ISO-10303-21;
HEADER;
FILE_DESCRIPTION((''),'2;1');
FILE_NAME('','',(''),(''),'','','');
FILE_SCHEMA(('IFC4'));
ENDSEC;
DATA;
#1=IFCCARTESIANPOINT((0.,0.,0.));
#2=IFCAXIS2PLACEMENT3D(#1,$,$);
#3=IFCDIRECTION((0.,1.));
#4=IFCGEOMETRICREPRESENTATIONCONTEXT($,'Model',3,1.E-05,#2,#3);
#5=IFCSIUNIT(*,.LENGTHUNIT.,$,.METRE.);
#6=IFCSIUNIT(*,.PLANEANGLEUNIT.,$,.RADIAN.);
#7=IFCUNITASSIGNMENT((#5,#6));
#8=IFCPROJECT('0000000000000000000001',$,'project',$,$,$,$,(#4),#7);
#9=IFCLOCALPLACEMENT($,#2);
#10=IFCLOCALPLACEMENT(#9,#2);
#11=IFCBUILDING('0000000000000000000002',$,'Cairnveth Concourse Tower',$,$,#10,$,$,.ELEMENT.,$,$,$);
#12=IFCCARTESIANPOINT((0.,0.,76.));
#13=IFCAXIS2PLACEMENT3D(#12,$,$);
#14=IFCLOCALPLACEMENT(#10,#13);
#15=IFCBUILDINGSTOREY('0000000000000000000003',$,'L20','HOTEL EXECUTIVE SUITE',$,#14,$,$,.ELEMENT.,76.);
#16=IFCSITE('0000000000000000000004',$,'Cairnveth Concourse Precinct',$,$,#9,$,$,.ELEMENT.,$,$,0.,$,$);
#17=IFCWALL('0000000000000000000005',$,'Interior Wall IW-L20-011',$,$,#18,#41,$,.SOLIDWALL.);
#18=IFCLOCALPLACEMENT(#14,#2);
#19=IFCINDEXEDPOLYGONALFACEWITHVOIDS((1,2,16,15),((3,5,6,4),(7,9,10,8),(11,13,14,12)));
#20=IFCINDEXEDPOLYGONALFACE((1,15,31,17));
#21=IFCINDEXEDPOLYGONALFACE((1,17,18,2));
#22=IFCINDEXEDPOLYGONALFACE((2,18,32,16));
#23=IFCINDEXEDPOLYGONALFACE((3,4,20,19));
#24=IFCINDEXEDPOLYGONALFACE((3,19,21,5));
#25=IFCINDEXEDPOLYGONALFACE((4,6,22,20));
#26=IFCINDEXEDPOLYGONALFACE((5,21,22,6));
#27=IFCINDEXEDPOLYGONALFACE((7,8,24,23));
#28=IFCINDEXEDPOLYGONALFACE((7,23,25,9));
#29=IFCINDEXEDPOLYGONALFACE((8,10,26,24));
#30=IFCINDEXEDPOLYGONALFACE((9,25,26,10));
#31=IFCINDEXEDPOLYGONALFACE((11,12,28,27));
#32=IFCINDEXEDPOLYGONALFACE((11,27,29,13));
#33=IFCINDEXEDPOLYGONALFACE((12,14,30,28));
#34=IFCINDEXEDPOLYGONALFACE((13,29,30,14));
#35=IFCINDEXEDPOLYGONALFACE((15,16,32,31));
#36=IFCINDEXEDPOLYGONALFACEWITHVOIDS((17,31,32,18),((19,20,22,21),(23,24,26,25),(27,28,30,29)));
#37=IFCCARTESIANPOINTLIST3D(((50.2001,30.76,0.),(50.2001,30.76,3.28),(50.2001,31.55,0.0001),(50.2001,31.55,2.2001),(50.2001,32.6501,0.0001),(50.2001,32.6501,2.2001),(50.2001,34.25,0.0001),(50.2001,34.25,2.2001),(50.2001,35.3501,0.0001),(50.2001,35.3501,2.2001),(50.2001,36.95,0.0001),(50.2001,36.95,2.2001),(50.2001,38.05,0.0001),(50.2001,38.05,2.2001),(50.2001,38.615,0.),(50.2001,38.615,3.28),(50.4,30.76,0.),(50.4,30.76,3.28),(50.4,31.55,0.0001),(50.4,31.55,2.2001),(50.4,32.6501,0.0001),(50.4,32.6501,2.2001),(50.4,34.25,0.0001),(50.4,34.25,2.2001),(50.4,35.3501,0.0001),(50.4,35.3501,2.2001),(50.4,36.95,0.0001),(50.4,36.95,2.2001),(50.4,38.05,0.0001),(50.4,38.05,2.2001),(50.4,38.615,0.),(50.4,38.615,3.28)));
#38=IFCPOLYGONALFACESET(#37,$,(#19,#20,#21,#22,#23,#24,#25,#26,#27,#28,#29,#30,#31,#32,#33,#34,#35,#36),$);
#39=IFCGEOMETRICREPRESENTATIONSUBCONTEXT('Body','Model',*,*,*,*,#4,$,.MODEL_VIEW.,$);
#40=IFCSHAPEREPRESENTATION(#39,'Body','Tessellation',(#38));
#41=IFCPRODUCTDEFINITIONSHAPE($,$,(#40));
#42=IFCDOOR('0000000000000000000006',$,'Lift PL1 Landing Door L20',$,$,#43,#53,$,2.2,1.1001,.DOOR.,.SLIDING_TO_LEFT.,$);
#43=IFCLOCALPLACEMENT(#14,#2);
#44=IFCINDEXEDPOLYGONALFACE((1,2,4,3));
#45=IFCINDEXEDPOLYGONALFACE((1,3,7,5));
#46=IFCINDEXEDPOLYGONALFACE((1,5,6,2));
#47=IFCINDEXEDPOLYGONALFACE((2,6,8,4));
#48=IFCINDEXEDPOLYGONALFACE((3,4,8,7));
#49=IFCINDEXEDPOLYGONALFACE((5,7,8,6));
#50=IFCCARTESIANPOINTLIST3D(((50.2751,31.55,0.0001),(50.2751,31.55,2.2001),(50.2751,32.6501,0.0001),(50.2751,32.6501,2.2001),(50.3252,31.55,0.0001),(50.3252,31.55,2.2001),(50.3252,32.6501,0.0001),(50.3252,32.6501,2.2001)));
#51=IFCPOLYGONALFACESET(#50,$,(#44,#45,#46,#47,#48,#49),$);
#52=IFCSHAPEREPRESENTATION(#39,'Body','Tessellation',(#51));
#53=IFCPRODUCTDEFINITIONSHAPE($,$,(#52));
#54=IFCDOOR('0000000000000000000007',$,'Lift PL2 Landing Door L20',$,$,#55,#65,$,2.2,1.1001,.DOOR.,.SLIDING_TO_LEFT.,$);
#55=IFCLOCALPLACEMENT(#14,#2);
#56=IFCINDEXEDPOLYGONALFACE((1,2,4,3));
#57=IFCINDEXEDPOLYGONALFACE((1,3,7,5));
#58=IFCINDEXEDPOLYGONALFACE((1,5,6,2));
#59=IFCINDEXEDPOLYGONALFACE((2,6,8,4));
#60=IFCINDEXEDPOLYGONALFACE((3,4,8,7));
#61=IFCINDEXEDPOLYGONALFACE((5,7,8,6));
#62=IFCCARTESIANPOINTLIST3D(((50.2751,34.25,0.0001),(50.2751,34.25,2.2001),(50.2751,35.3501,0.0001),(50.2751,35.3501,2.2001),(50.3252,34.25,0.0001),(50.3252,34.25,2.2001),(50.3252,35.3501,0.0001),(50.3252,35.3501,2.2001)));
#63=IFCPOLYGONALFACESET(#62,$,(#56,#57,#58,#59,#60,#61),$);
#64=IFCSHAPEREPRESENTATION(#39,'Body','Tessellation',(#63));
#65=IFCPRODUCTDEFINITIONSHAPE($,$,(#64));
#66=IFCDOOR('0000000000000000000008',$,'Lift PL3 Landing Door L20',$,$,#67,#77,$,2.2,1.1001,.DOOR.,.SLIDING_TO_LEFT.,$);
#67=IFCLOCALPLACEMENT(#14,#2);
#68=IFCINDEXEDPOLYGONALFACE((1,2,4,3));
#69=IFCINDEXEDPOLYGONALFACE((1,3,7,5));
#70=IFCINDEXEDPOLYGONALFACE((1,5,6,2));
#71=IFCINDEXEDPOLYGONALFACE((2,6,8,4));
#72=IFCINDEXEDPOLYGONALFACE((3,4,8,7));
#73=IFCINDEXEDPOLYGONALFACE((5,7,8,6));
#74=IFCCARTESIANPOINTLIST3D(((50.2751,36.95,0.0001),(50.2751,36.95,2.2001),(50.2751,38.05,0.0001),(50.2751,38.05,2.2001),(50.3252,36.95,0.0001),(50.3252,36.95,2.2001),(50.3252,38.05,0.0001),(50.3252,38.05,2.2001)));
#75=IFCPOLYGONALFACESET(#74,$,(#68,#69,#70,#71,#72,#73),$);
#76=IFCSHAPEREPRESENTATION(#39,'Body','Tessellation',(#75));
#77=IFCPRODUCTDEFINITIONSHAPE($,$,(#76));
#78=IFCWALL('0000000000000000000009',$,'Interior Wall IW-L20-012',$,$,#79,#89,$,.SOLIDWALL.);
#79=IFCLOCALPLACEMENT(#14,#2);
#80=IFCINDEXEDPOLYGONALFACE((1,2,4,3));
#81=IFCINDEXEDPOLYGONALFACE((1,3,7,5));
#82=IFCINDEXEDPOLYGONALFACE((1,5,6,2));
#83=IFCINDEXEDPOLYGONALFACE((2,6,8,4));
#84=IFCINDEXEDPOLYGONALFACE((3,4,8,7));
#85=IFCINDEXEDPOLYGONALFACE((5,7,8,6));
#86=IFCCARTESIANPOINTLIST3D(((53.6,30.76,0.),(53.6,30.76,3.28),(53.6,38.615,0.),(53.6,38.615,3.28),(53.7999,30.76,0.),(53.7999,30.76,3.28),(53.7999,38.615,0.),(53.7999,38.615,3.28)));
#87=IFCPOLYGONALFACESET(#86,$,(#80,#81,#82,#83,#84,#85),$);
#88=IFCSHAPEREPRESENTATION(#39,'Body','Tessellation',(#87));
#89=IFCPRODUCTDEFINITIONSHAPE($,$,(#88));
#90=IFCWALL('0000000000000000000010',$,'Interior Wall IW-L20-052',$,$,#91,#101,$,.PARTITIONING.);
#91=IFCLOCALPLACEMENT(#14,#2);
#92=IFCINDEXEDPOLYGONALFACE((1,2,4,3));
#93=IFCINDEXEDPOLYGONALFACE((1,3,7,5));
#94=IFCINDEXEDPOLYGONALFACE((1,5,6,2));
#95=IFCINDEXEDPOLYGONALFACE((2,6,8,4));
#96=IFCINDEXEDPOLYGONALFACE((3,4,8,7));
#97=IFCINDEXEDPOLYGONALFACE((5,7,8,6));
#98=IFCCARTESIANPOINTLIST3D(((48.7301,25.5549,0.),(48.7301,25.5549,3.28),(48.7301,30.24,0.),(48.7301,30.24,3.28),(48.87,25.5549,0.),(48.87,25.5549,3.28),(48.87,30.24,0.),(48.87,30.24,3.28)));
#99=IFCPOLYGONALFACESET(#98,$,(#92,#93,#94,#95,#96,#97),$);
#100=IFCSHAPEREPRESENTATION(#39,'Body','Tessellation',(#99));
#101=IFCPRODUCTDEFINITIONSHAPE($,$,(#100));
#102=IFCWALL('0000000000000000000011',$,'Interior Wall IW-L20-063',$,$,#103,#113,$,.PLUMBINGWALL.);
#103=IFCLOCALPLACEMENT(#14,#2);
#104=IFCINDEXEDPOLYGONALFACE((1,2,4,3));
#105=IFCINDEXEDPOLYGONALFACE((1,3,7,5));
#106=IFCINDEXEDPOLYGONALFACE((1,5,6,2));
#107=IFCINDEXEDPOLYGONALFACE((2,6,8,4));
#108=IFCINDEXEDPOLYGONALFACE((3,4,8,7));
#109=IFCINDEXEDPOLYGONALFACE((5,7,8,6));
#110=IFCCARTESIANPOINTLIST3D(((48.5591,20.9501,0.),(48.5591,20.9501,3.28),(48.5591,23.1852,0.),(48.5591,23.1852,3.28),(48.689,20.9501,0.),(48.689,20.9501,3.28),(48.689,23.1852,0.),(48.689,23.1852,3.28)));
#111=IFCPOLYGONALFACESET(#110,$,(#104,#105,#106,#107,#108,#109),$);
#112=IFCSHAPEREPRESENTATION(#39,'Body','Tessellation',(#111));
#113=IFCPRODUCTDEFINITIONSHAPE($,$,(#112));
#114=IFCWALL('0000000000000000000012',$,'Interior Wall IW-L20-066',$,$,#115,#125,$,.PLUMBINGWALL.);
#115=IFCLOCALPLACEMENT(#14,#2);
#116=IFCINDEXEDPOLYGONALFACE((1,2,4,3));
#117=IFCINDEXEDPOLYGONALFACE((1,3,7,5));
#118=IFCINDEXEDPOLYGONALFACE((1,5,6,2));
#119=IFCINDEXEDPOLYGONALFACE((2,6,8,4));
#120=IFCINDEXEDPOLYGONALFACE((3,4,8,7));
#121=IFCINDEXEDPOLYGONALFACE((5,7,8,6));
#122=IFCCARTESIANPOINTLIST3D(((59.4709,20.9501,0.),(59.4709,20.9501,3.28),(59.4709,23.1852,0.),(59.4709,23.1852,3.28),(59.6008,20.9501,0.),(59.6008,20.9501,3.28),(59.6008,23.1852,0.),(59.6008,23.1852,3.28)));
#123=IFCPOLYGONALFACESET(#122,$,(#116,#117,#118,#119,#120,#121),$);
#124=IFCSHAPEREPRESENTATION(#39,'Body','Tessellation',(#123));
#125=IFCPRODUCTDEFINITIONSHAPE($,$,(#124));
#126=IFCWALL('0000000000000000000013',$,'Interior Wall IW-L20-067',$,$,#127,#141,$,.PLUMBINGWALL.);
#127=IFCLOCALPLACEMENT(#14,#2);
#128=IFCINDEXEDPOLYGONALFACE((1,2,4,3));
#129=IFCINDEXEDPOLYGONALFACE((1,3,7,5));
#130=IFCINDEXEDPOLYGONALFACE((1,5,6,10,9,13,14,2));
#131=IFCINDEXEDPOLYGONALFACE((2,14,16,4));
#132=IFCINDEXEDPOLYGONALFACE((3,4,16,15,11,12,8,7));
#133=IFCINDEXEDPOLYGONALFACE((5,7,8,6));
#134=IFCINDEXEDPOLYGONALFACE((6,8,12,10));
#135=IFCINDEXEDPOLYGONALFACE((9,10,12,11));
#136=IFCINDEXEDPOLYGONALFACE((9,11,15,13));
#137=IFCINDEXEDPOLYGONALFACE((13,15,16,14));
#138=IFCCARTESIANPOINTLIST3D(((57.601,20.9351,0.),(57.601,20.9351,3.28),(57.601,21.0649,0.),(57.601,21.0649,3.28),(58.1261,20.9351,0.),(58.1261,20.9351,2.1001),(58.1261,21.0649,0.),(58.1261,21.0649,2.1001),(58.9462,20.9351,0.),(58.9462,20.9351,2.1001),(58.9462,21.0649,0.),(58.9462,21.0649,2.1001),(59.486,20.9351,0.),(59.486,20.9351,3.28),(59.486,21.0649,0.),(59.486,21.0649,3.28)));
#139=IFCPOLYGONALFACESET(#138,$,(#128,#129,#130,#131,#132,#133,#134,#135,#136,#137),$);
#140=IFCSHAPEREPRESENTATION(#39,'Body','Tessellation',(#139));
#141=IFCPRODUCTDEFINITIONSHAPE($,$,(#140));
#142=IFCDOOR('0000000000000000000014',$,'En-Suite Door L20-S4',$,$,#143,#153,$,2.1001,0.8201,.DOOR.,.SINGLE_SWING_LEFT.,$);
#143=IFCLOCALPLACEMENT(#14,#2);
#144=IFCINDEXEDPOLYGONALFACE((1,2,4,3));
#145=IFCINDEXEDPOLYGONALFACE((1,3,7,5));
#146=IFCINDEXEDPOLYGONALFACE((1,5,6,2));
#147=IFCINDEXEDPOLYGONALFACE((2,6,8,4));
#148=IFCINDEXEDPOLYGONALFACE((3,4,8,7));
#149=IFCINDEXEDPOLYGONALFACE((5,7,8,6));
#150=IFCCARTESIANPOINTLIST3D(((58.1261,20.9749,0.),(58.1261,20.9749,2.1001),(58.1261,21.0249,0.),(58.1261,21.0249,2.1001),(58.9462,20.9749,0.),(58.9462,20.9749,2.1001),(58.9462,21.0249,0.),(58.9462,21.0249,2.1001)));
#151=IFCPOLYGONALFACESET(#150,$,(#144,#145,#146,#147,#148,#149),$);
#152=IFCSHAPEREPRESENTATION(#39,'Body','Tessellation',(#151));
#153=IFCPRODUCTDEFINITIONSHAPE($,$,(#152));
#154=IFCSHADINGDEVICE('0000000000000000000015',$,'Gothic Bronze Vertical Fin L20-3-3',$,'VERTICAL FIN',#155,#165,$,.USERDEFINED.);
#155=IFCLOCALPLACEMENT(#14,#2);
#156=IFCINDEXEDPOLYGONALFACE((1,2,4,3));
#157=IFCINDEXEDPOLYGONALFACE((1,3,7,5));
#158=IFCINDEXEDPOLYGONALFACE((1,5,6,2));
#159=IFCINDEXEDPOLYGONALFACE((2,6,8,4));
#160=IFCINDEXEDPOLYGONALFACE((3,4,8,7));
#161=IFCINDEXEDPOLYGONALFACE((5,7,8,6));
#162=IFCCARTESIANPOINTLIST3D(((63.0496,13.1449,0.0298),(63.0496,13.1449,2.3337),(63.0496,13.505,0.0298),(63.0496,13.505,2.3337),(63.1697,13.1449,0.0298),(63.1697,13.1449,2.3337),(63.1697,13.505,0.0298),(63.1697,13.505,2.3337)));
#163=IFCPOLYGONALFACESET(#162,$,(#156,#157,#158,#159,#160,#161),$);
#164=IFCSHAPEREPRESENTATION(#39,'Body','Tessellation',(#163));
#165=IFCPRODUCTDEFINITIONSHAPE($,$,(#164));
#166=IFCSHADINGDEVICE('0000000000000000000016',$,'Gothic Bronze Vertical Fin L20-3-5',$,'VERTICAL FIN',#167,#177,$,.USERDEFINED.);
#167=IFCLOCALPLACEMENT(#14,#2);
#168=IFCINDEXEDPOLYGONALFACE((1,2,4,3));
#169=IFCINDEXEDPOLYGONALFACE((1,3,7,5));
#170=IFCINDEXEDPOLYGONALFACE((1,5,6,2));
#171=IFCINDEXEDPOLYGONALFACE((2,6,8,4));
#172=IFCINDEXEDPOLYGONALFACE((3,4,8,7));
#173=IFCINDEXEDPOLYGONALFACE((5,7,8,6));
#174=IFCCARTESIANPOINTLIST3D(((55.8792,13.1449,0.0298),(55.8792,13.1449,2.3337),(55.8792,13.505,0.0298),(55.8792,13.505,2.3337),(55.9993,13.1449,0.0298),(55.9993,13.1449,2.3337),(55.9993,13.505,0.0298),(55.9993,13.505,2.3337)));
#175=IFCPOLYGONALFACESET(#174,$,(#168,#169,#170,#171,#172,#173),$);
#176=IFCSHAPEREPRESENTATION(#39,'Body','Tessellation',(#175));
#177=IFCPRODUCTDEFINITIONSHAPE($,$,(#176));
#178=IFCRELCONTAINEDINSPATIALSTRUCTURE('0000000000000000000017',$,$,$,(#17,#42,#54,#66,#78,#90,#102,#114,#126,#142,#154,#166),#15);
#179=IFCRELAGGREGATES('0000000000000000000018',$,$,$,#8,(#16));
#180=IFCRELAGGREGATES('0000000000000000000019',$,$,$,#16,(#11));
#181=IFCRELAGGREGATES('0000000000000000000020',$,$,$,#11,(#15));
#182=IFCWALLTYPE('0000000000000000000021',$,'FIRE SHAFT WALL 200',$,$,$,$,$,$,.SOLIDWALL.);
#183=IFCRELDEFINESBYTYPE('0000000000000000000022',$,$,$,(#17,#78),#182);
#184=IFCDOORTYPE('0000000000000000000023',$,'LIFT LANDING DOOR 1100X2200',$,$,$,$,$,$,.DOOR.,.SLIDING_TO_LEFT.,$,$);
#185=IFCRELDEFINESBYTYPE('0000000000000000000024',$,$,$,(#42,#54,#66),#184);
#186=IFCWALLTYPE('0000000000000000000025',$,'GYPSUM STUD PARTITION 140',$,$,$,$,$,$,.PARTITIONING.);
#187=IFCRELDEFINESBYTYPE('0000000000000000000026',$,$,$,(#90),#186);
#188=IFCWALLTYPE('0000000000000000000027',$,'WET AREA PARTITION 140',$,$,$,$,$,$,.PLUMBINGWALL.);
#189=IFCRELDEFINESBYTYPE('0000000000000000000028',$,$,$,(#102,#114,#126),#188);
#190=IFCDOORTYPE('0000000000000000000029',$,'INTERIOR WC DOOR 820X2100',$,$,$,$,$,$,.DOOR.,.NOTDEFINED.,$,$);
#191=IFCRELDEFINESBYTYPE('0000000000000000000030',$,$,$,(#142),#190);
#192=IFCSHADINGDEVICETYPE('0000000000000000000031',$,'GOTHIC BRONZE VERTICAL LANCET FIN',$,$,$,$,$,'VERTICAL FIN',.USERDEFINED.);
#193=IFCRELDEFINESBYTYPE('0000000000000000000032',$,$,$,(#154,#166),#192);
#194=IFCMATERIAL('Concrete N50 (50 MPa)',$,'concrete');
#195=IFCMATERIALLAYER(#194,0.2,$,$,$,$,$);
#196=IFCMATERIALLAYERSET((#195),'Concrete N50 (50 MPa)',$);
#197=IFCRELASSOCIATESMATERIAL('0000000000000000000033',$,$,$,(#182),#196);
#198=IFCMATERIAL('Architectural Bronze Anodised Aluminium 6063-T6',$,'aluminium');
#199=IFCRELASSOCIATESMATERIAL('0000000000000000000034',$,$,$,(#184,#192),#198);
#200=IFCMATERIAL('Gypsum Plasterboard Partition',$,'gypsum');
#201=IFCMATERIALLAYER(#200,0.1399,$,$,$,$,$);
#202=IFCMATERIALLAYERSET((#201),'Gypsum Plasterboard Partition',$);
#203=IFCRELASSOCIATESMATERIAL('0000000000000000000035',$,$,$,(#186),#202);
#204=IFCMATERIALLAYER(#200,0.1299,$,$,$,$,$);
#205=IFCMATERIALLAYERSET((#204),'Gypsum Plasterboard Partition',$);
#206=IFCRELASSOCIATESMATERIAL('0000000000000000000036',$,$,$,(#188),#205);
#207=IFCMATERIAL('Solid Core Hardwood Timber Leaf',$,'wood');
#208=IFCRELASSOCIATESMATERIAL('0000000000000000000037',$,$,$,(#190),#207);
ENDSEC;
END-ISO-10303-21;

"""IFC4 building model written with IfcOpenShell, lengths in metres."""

from ifc_helpers import new_model, si_unit, direction, frame, frame_2d, origin, origin_2d, place, context, subcontext, project, spatial, rectangle, extrude, material, layer, layer_set, type_object, element, fill, save


model = new_model("IFC4")

# Units and contexts
model_context = context("Model", 3, precision=1e-05, world=origin(), true_north=direction((0.0, 1.0)))
body_context = subcontext(model_context, "Body", "Model", "MODEL_VIEW")
ifc_project = project(units=[si_unit("LENGTHUNIT", "METRE"), si_unit("PLANEANGLEUNIT", "RADIAN")], contexts=[model_context])

# Site, building, storey
site_placement = place(None, origin())
site = spatial("IfcSite", under=ifc_project, at=site_placement, Name="Cairnveth Concourse Precinct", CompositionType="ELEMENT", RefElevation=0.0)
building_placement = place(site_placement, origin())
building = spatial("IfcBuilding", under=site, at=building_placement, Name="Cairnveth Concourse Tower", CompositionType="ELEMENT")
storey_placement = place(building_placement, frame((0.0, 0.0, 76.0)))
storey = spatial("IfcBuildingStorey", under=building, at=storey_placement, Name="L20", Description="HOTEL EXECUTIVE SUITE", CompositionType="ELEMENT", Elevation=76.0)

# Shared definitions
ifc_material_1 = material(Name="Gypsum Plasterboard Partition", Category="gypsum")

# Wall, openings, doors
ifc_material_2 = material(Name="Concrete N50 (50 MPa)", Category="concrete")
ifc_layer_1 = layer(ifc_material_2, 0.2)
ifc_layer_set_1 = layer_set([ifc_layer_1], Name="Concrete N50 (50 MPa)")
wall_type_1 = type_object("IfcWallType", Name="FIRE SHAFT WALL 200", PredefinedType="SOLIDWALL", material=ifc_layer_set_1)
wall_1_placement = place(storey_placement, frame((50.3, 30.76, 0.0), z_axis=(0.0, 0.0, 1.0), x_axis=(0.0, 1.0, 0.0)))
wall_1 = element("IfcWall", 1, at=wall_1_placement, inside=storey, type_object=wall_type_1, Name="Interior Wall IW-L20-011", PredefinedType="SOLIDWALL", context=body_context, shape_type="SweptSolid", body=[
    extrude(rectangle(XDim=7.855, YDim=0.2, at=frame_2d((3.9275, 0.0))), origin(), (0.0, 0.0, 1.0), 3.28),
])
opening_1_placement = place(wall_1_placement, frame((0.79, 0.0, 0.0)))
opening_1 = element("IfcOpeningElement", 2, at=opening_1_placement, cuts=wall_1, PredefinedType="OPENING", context=body_context, shape_type="SweptSolid", body=[
    extrude(rectangle(XDim=1.1001, YDim=2.2, at=frame_2d((0.55, 1.1001))), frame((0.0, 0.1099, 0.0), z_axis=(0.0, -1.0, 0.0), x_axis=(1.0, 0.0, 0.0)), (0.0, 0.0, 1.0), 0.22),
])
opening_2_placement = place(wall_1_placement, frame((3.49, 0.0, 0.0)))
opening_2 = element("IfcOpeningElement", 3, at=opening_2_placement, cuts=wall_1, PredefinedType="OPENING", context=body_context, shape_type="SweptSolid", body=[
    extrude(rectangle(XDim=1.1001, YDim=2.2, at=frame_2d((0.55, 1.1001))), frame((0.0, 0.1099, 0.0), z_axis=(0.0, -1.0, 0.0), x_axis=(1.0, 0.0, 0.0)), (0.0, 0.0, 1.0), 0.22),
])
opening_3_placement = place(wall_1_placement, frame((6.1899, 0.0, 0.0)))
opening_3 = element("IfcOpeningElement", 4, at=opening_3_placement, cuts=wall_1, PredefinedType="OPENING", context=body_context, shape_type="SweptSolid", body=[
    extrude(rectangle(XDim=1.1001, YDim=2.2, at=frame_2d((0.55, 1.1001))), frame((0.0, 0.1099, 0.0), z_axis=(0.0, -1.0, 0.0), x_axis=(1.0, 0.0, 0.0)), (0.0, 0.0, 1.0), 0.22),
])
ifc_material_3 = material(Name="Architectural Bronze Anodised Aluminium 6063-T6", Category="aluminium")
door_type_1 = type_object("IfcDoorType", Name="LIFT LANDING DOOR 1100X2200", OperationType="SLIDING_TO_LEFT", PredefinedType="DOOR", material=ifc_material_3)
door_1_placement = place(opening_1_placement, origin())
door_1 = element("IfcDoor", 5, at=door_1_placement, inside=storey, type_object=door_type_1, Name="Lift PL1 Landing Door L20", OperationType="SLIDING_TO_LEFT", OverallHeight=2.2, OverallWidth=1.1001, PredefinedType="DOOR", context=body_context, shape_type="SweptSolid", body=[
    extrude(rectangle(XDim=1.1001, YDim=2.2, at=frame_2d((0.55, 1.1001))), frame((0.0, 0.0249, 0.0), z_axis=(0.0, -1.0, 0.0), x_axis=(1.0, 0.0, 0.0)), (0.0, 0.0, 1.0), 0.05),
])
fill(opening_1, door_1)
door_2_placement = place(opening_2_placement, origin())
door_2 = element("IfcDoor", 6, at=door_2_placement, inside=storey, type_object=door_type_1, Name="Lift PL2 Landing Door L20", OperationType="SLIDING_TO_LEFT", OverallHeight=2.2, OverallWidth=1.1001, PredefinedType="DOOR", context=body_context, shape_type="SweptSolid", body=[
    extrude(rectangle(XDim=1.1001, YDim=2.2, at=frame_2d((0.55, 1.1001))), frame((0.0, 0.0249, 0.0), z_axis=(0.0, -1.0, 0.0), x_axis=(1.0, 0.0, 0.0)), (0.0, 0.0, 1.0), 0.05),
])
fill(opening_2, door_2)
door_3_placement = place(opening_3_placement, origin())
door_3 = element("IfcDoor", 7, at=door_3_placement, inside=storey, type_object=door_type_1, Name="Lift PL3 Landing Door L20", OperationType="SLIDING_TO_LEFT", OverallHeight=2.2, OverallWidth=1.1001, PredefinedType="DOOR", context=body_context, shape_type="SweptSolid", body=[
    extrude(rectangle(XDim=1.1001, YDim=2.2, at=frame_2d((0.55, 1.1001))), frame((0.0, 0.0249, 0.0), z_axis=(0.0, -1.0, 0.0), x_axis=(1.0, 0.0, 0.0)), (0.0, 0.0, 1.0), 0.05),
])
fill(opening_3, door_3)

# Walls
wall_2_placement = place(storey_placement, frame((53.7, 30.76, 0.0), z_axis=(0.0, 0.0, 1.0), x_axis=(0.0, 1.0, 0.0)))
element("IfcWall", 8, at=wall_2_placement, inside=storey, type_object=wall_type_1, Name="Interior Wall IW-L20-012", PredefinedType="SOLIDWALL", context=body_context, shape_type="SweptSolid", body=[
    extrude(rectangle(XDim=7.855, YDim=0.2, at=frame_2d((3.9275, 0.0))), origin(), (0.0, 0.0, 1.0), 3.28),
])
ifc_layer_2 = layer(ifc_material_1, 0.1399)
ifc_layer_set_2 = layer_set([ifc_layer_2], Name="Gypsum Plasterboard Partition")
wall_type_2 = type_object("IfcWallType", Name="GYPSUM STUD PARTITION 140", PredefinedType="PARTITIONING", material=ifc_layer_set_2)
wall_3_placement = place(storey_placement, frame((48.8, 25.5549, 0.0), z_axis=(0.0, 0.0, 1.0), x_axis=(0.0, 1.0, 0.0)))
element("IfcWall", 9, at=wall_3_placement, inside=storey, type_object=wall_type_2, Name="Interior Wall IW-L20-052", PredefinedType="PARTITIONING", context=body_context, shape_type="SweptSolid", body=[
    extrude(rectangle(XDim=4.6851, YDim=0.1399, at=frame_2d((2.3425, 0.0))), origin(), (0.0, 0.0, 1.0), 3.28),
])
ifc_layer_3 = layer(ifc_material_1, 0.1299)
ifc_layer_set_3 = layer_set([ifc_layer_3], Name="Gypsum Plasterboard Partition")
wall_type_3 = type_object("IfcWallType", Name="WET AREA PARTITION 140", PredefinedType="PLUMBINGWALL", material=ifc_layer_set_3)
for number, where, z_axis, x_axis, name in (
    (10, (48.624, 20.95, 0.0), (0.0, 0.0, 1.0), (0.0, 1.0, 0.0), "Interior Wall IW-L20-063"),
    (11, (59.5359, 20.95, 0.0), (0.0, 0.0, 1.0), (0.0, 1.0, 0.0), "Interior Wall IW-L20-066"),
):
    element("IfcWall", number, at=place(storey_placement, frame(where, z_axis=z_axis, x_axis=x_axis)), inside=storey, type_object=wall_type_3, Name=name, PredefinedType="PLUMBINGWALL", context=body_context, shape_type="SweptSolid", body=[
        extrude(rectangle(XDim=2.2351, YDim=0.1299, at=frame_2d((1.1177, 0.0))), origin(), (0.0, 0.0, 1.0), 3.28),
    ])

# Wall, opening, door
wall_4_placement = place(storey_placement, frame((57.6011, 21.0, 0.0), z_axis=(0.0, 0.0, 1.0), x_axis=(1.0, 0.0, 0.0)))
wall_4 = element("IfcWall", 12, at=wall_4_placement, inside=storey, type_object=wall_type_3, Name="Interior Wall IW-L20-067", PredefinedType="PLUMBINGWALL", context=body_context, shape_type="SweptSolid", body=[
    extrude(rectangle(XDim=1.885, YDim=0.1299, at=frame_2d((0.9424, 0.0))), origin(), (0.0, 0.0, 1.0), 3.28),
])
opening_4_placement = place(wall_4_placement, frame((0.5249, 0.0, 0.0)))
opening_4 = element("IfcOpeningElement", 13, at=opening_4_placement, cuts=wall_4, PredefinedType="OPENING", context=body_context, shape_type="SweptSolid", body=[
    extrude(rectangle(XDim=0.8201, YDim=2.1001, at=frame_2d((0.4102, 1.05))), frame((0.0, 0.075, 0.0), z_axis=(0.0, -1.0, 0.0), x_axis=(1.0, 0.0, 0.0)), (0.0, 0.0, 1.0), 0.1499),
])
ifc_material_4 = material(Name="Solid Core Hardwood Timber Leaf", Category="wood")
door_type_2 = type_object("IfcDoorType", Name="INTERIOR WC DOOR 820X2100", OperationType="NOTDEFINED", PredefinedType="DOOR", material=ifc_material_4)
door_4_placement = place(opening_4_placement, origin())
door_4 = element("IfcDoor", 14, at=door_4_placement, inside=storey, type_object=door_type_2, Name="En-Suite Door L20-S4", OperationType="SINGLE_SWING_LEFT", OverallHeight=2.1001, OverallWidth=0.8201, PredefinedType="DOOR", context=body_context, shape_type="SweptSolid", body=[
    extrude(rectangle(XDim=0.8201, YDim=2.1001, at=frame_2d((0.4102, 1.05))), frame((0.0, 0.0249, 0.0), z_axis=(0.0, -1.0, 0.0), x_axis=(1.0, 0.0, 0.0)), (0.0, 0.0, 1.0), 0.05),
])
fill(opening_4, door_4)

# Shading devices
shading_device_type = type_object("IfcShadingDeviceType", Name="GOTHIC BRONZE VERTICAL LANCET FIN", ElementType="VERTICAL FIN", PredefinedType="USERDEFINED", material=ifc_material_3)
for number, where, z_axis, x_axis, name in (
    (15, (63.1096, 13.325, 0.0298), (0.0, 0.0, 1.0), (1.0, 0.0, 0.0), "Gothic Bronze Vertical Fin L20-3-3"),
    (16, (55.9392, 13.325, 0.0298), (0.0, 0.0, 1.0), (1.0, 0.0, 0.0), "Gothic Bronze Vertical Fin L20-3-5"),
):
    element("IfcShadingDevice", number, at=place(storey_placement, frame(where, z_axis=z_axis, x_axis=x_axis)), inside=storey, type_object=shading_device_type, Name=name, ObjectType="VERTICAL FIN", PredefinedType="USERDEFINED", context=body_context, shape_type="SweptSolid", body=[
        extrude(rectangle(XDim=0.1201, YDim=0.3601, at=origin_2d()), origin(), (0.0, 0.0, 1.0), 2.304),
    ])

save(model, "model.ifc")
